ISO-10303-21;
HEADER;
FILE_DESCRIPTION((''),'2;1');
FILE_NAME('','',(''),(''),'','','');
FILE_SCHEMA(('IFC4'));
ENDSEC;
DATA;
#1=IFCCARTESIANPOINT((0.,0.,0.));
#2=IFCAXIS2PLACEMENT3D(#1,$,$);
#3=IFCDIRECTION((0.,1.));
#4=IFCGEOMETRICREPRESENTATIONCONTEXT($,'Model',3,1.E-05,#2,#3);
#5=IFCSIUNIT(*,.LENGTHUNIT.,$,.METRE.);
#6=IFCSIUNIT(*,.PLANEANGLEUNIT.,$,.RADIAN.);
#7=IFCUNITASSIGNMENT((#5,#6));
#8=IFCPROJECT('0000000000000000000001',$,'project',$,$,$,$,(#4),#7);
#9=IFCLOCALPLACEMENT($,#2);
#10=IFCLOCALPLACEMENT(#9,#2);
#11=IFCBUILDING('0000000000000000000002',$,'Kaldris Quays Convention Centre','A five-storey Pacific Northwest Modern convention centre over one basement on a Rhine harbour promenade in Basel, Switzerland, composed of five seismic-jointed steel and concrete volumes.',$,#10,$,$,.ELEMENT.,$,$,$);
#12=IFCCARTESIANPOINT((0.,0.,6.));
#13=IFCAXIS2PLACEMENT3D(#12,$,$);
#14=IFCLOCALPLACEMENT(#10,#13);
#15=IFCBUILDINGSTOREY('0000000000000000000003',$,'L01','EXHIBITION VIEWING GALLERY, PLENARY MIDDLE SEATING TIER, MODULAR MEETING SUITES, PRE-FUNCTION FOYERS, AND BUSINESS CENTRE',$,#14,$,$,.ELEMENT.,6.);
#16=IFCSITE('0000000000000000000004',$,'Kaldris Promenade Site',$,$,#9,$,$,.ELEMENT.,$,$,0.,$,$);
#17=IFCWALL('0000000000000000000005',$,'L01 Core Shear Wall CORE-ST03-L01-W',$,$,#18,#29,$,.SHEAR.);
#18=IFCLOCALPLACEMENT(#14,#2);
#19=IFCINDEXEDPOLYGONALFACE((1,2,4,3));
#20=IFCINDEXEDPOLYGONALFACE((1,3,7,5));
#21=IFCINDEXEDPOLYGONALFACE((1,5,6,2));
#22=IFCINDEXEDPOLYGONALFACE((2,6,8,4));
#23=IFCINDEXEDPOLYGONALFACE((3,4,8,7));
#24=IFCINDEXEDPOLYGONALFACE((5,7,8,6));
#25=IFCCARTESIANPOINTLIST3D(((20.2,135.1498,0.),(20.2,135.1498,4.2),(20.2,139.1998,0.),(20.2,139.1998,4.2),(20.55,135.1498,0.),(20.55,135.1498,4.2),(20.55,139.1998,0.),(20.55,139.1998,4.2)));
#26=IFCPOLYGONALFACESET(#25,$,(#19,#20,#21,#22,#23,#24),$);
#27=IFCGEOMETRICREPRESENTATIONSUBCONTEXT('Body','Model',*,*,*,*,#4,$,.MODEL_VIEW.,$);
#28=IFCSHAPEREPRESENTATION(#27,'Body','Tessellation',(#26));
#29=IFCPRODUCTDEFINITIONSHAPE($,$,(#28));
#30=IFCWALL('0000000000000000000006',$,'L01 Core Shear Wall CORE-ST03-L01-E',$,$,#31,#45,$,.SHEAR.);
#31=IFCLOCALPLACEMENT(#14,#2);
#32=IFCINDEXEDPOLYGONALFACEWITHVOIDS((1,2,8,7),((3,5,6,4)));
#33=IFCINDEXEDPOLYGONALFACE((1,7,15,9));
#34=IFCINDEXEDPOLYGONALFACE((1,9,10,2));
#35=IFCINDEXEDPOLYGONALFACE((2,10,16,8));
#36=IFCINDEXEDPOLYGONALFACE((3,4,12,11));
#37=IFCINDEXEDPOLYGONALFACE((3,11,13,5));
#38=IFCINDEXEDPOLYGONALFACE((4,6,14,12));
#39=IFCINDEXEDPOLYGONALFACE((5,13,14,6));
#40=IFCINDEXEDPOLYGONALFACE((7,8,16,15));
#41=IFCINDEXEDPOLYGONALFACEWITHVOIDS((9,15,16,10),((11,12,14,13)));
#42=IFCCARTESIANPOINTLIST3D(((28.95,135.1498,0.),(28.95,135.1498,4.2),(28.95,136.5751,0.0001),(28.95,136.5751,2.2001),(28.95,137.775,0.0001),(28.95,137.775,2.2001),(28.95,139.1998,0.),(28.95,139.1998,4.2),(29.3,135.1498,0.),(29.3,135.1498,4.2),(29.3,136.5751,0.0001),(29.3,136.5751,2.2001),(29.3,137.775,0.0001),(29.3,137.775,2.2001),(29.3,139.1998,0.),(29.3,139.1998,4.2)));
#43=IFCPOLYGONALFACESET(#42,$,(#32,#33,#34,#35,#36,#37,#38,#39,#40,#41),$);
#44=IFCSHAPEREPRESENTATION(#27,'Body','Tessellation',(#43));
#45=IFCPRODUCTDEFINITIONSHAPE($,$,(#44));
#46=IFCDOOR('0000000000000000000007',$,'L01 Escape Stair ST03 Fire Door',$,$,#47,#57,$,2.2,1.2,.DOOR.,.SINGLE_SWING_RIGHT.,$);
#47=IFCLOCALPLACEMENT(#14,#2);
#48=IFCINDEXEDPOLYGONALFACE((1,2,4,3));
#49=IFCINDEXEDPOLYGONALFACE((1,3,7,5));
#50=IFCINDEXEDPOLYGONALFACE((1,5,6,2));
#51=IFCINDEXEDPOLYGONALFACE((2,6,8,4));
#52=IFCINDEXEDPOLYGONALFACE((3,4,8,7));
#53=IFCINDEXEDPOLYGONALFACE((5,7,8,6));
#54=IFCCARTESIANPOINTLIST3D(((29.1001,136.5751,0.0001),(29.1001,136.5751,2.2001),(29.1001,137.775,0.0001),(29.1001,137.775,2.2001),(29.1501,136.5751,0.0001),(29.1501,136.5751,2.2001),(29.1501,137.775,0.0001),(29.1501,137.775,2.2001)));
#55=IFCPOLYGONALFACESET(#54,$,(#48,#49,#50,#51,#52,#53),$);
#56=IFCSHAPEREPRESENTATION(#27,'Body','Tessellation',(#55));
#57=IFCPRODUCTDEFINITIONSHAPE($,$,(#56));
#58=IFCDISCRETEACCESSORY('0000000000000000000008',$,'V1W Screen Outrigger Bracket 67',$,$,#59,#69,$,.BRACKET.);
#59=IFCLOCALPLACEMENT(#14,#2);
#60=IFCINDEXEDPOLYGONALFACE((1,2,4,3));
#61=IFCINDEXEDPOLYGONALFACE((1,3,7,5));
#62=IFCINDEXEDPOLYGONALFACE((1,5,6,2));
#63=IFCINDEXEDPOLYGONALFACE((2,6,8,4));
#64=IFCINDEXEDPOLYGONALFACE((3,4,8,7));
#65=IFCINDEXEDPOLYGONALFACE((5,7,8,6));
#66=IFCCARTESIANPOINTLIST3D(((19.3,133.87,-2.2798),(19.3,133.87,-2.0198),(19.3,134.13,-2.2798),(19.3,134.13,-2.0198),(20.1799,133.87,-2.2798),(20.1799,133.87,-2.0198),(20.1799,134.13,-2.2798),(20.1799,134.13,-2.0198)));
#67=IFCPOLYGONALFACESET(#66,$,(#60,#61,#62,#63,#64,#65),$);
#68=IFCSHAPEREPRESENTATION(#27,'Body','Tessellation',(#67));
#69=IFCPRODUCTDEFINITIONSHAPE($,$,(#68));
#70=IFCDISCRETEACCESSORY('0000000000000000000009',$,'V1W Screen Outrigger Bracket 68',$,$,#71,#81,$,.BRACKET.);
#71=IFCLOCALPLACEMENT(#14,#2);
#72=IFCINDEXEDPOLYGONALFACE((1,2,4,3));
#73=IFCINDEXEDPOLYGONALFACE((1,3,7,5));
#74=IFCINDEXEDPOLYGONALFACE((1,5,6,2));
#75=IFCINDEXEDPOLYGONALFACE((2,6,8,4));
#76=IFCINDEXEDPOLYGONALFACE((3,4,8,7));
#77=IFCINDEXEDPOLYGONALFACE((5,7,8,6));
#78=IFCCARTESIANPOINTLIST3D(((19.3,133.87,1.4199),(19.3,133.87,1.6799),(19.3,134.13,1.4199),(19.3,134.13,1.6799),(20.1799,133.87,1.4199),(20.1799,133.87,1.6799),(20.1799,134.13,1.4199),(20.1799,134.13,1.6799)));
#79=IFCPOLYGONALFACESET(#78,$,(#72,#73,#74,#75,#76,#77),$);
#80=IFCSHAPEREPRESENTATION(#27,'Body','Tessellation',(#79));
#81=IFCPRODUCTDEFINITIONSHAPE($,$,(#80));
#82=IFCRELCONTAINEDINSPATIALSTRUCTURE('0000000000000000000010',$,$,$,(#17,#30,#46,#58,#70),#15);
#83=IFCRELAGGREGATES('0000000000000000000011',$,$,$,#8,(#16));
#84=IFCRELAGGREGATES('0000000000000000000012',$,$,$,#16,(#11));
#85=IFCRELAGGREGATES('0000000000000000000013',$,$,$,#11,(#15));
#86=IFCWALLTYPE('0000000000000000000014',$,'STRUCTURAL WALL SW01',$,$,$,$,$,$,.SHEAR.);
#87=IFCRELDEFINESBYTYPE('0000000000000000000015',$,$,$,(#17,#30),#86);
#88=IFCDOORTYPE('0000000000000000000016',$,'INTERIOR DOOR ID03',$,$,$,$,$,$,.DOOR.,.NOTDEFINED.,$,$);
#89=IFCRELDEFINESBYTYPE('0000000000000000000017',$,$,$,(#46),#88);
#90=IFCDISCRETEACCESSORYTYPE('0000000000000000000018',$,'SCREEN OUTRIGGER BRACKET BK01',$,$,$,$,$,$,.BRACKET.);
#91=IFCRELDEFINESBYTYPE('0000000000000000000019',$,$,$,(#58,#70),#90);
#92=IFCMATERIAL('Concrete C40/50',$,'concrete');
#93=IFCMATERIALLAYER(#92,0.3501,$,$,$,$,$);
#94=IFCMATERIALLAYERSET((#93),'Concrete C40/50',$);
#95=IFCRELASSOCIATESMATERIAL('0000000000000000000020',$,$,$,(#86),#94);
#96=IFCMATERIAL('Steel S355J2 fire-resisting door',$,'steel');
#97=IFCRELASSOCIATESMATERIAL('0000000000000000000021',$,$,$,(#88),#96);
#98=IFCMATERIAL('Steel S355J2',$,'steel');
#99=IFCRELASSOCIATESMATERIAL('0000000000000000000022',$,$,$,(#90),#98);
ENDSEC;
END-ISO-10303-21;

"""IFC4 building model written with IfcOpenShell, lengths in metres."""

from ifc_helpers import new_model, si_unit, direction, frame, frame_2d, origin, origin_2d, place, context, subcontext, project, spatial, rectangle, extrude, material, layer, layer_set, type_object, element, fill, save


model = new_model("IFC4")

# Units and contexts
model_context = context("Model", 3, precision=1e-05, world=origin(), true_north=direction((0.0, 1.0)))
body_context = subcontext(model_context, "Body", "Model", "MODEL_VIEW")
ifc_project = project(units=[si_unit("LENGTHUNIT", "METRE"), si_unit("PLANEANGLEUNIT", "RADIAN")], contexts=[model_context])

# Site, building, storey
site_placement = place(None, origin())
site = spatial("IfcSite", under=ifc_project, at=site_placement, Name="Kaldris Promenade Site", CompositionType="ELEMENT", RefElevation=0.0)
building_placement = place(site_placement, origin())
building = spatial("IfcBuilding", under=site, at=building_placement, Name="Kaldris Quays Convention Centre", Description="A five-storey Pacific Northwest Modern convention centre over one basement on a Rhine harbour promenade in Basel, Switzerland, composed of five seismic-jointed steel and concrete volumes.", CompositionType="ELEMENT")
storey_placement = place(building_placement, frame((0.0, 0.0, 6.0)))
storey = spatial("IfcBuildingStorey", under=building, at=storey_placement, Name="L01", Description="EXHIBITION VIEWING GALLERY, PLENARY MIDDLE SEATING TIER, MODULAR MEETING SUITES, PRE-FUNCTION FOYERS, AND BUSINESS CENTRE", CompositionType="ELEMENT", Elevation=6.0)

# Shared definitions
ifc_material_1 = material(Name="Steel S355J2", Category="steel")

# Wall
ifc_material_2 = material(Name="Concrete C40/50", Category="concrete")
ifc_layer_1 = layer(ifc_material_2, 0.3501)
ifc_layer_set_1 = layer_set([ifc_layer_1], Name="Concrete C40/50")
wall_type_1 = type_object("IfcWallType", Name="STRUCTURAL WALL SW01", PredefinedType="SHEAR", material=ifc_layer_set_1)
wall_1_placement = place(storey_placement, frame((20.375, 135.1499, 0.0), z_axis=(0.0, 0.0, 1.0), x_axis=(0.0, 1.0, 0.0)))
element("IfcWall", 1, at=wall_1_placement, inside=storey, type_object=wall_type_1, Name="L01 Core Shear Wall CORE-ST03-L01-W", PredefinedType="SHEAR", context=body_context, shape_type="SweptSolid", body=[
    extrude(rectangle(XDim=4.05, YDim=0.3501, at=frame_2d((2.0249, 0.0))), origin(), (0.0, 0.0, 1.0), 4.2),
])

# Wall, opening, door
wall_2_placement = place(storey_placement, frame((29.125, 135.1499, 0.0), z_axis=(0.0, 0.0, 1.0), x_axis=(0.0, 1.0, 0.0)))
wall_2 = element("IfcWall", 2, at=wall_2_placement, inside=storey, type_object=wall_type_1, Name="L01 Core Shear Wall CORE-ST03-L01-E", PredefinedType="SHEAR", context=body_context, shape_type="SweptSolid", body=[
    extrude(rectangle(XDim=4.05, YDim=0.3501, at=frame_2d((2.0249, 0.0))), origin(), (0.0, 0.0, 1.0), 4.2),
])
opening_placement = place(wall_2_placement, frame((1.425, 0.0, 0.0)))
opening = element("IfcOpeningElement", 3, at=opening_placement, cuts=wall_2, PredefinedType="OPENING", context=body_context, shape_type="SweptSolid", body=[
    extrude(rectangle(XDim=1.2, YDim=2.2, at=frame_2d((0.6001, 1.1001))), frame((0.0, 0.1851, 0.0), z_axis=(0.0, -1.0, 0.0), x_axis=(1.0, 0.0, 0.0)), (0.0, 0.0, 1.0), 0.3701),
])
ifc_material_3 = material(Name="Steel S355J2 fire-resisting door", Category="steel")
door_type = type_object("IfcDoorType", Name="INTERIOR DOOR ID03", OperationType="NOTDEFINED", PredefinedType="DOOR", material=ifc_material_3)
door_placement = place(opening_placement, origin())
door = element("IfcDoor", 4, at=door_placement, inside=storey, type_object=door_type, Name="L01 Escape Stair ST03 Fire Door", OperationType="SINGLE_SWING_RIGHT", OverallHeight=2.2, OverallWidth=1.2, PredefinedType="DOOR", context=body_context, shape_type="SweptSolid", body=[
    extrude(rectangle(XDim=1.2, YDim=2.2, at=frame_2d((0.6001, 1.1001))), frame((0.0, 0.0249, 0.0), z_axis=(0.0, -1.0, 0.0), x_axis=(1.0, 0.0, 0.0)), (0.0, 0.0, 1.0), 0.05),
])
fill(opening, door)

# Discrete accessories
discrete_accessory_type = type_object("IfcDiscreteAccessoryType", Name="SCREEN OUTRIGGER BRACKET BK01", PredefinedType="BRACKET", material=ifc_material_1)
for number, where, z_axis, x_axis, name in (
    (5, (19.74, 134.0, -2.2798), (0.0, 0.0, 1.0), (0.0, 1.0, 0.0), "V1W Screen Outrigger Bracket 67"),
    (6, (19.74, 134.0, 1.4199), (0.0, 0.0, 1.0), (0.0, 1.0, 0.0), "V1W Screen Outrigger Bracket 68"),
):
    element("IfcDiscreteAccessory", number, at=place(storey_placement, frame(where, z_axis=z_axis, x_axis=x_axis)), inside=storey, type_object=discrete_accessory_type, Name=name, PredefinedType="BRACKET", context=body_context, shape_type="SweptSolid", body=[
        extrude(rectangle(XDim=0.26, YDim=0.8799, at=origin_2d()), origin(), (0.0, 0.0, 1.0), 0.26),
    ])

save(model, "model.ifc")
